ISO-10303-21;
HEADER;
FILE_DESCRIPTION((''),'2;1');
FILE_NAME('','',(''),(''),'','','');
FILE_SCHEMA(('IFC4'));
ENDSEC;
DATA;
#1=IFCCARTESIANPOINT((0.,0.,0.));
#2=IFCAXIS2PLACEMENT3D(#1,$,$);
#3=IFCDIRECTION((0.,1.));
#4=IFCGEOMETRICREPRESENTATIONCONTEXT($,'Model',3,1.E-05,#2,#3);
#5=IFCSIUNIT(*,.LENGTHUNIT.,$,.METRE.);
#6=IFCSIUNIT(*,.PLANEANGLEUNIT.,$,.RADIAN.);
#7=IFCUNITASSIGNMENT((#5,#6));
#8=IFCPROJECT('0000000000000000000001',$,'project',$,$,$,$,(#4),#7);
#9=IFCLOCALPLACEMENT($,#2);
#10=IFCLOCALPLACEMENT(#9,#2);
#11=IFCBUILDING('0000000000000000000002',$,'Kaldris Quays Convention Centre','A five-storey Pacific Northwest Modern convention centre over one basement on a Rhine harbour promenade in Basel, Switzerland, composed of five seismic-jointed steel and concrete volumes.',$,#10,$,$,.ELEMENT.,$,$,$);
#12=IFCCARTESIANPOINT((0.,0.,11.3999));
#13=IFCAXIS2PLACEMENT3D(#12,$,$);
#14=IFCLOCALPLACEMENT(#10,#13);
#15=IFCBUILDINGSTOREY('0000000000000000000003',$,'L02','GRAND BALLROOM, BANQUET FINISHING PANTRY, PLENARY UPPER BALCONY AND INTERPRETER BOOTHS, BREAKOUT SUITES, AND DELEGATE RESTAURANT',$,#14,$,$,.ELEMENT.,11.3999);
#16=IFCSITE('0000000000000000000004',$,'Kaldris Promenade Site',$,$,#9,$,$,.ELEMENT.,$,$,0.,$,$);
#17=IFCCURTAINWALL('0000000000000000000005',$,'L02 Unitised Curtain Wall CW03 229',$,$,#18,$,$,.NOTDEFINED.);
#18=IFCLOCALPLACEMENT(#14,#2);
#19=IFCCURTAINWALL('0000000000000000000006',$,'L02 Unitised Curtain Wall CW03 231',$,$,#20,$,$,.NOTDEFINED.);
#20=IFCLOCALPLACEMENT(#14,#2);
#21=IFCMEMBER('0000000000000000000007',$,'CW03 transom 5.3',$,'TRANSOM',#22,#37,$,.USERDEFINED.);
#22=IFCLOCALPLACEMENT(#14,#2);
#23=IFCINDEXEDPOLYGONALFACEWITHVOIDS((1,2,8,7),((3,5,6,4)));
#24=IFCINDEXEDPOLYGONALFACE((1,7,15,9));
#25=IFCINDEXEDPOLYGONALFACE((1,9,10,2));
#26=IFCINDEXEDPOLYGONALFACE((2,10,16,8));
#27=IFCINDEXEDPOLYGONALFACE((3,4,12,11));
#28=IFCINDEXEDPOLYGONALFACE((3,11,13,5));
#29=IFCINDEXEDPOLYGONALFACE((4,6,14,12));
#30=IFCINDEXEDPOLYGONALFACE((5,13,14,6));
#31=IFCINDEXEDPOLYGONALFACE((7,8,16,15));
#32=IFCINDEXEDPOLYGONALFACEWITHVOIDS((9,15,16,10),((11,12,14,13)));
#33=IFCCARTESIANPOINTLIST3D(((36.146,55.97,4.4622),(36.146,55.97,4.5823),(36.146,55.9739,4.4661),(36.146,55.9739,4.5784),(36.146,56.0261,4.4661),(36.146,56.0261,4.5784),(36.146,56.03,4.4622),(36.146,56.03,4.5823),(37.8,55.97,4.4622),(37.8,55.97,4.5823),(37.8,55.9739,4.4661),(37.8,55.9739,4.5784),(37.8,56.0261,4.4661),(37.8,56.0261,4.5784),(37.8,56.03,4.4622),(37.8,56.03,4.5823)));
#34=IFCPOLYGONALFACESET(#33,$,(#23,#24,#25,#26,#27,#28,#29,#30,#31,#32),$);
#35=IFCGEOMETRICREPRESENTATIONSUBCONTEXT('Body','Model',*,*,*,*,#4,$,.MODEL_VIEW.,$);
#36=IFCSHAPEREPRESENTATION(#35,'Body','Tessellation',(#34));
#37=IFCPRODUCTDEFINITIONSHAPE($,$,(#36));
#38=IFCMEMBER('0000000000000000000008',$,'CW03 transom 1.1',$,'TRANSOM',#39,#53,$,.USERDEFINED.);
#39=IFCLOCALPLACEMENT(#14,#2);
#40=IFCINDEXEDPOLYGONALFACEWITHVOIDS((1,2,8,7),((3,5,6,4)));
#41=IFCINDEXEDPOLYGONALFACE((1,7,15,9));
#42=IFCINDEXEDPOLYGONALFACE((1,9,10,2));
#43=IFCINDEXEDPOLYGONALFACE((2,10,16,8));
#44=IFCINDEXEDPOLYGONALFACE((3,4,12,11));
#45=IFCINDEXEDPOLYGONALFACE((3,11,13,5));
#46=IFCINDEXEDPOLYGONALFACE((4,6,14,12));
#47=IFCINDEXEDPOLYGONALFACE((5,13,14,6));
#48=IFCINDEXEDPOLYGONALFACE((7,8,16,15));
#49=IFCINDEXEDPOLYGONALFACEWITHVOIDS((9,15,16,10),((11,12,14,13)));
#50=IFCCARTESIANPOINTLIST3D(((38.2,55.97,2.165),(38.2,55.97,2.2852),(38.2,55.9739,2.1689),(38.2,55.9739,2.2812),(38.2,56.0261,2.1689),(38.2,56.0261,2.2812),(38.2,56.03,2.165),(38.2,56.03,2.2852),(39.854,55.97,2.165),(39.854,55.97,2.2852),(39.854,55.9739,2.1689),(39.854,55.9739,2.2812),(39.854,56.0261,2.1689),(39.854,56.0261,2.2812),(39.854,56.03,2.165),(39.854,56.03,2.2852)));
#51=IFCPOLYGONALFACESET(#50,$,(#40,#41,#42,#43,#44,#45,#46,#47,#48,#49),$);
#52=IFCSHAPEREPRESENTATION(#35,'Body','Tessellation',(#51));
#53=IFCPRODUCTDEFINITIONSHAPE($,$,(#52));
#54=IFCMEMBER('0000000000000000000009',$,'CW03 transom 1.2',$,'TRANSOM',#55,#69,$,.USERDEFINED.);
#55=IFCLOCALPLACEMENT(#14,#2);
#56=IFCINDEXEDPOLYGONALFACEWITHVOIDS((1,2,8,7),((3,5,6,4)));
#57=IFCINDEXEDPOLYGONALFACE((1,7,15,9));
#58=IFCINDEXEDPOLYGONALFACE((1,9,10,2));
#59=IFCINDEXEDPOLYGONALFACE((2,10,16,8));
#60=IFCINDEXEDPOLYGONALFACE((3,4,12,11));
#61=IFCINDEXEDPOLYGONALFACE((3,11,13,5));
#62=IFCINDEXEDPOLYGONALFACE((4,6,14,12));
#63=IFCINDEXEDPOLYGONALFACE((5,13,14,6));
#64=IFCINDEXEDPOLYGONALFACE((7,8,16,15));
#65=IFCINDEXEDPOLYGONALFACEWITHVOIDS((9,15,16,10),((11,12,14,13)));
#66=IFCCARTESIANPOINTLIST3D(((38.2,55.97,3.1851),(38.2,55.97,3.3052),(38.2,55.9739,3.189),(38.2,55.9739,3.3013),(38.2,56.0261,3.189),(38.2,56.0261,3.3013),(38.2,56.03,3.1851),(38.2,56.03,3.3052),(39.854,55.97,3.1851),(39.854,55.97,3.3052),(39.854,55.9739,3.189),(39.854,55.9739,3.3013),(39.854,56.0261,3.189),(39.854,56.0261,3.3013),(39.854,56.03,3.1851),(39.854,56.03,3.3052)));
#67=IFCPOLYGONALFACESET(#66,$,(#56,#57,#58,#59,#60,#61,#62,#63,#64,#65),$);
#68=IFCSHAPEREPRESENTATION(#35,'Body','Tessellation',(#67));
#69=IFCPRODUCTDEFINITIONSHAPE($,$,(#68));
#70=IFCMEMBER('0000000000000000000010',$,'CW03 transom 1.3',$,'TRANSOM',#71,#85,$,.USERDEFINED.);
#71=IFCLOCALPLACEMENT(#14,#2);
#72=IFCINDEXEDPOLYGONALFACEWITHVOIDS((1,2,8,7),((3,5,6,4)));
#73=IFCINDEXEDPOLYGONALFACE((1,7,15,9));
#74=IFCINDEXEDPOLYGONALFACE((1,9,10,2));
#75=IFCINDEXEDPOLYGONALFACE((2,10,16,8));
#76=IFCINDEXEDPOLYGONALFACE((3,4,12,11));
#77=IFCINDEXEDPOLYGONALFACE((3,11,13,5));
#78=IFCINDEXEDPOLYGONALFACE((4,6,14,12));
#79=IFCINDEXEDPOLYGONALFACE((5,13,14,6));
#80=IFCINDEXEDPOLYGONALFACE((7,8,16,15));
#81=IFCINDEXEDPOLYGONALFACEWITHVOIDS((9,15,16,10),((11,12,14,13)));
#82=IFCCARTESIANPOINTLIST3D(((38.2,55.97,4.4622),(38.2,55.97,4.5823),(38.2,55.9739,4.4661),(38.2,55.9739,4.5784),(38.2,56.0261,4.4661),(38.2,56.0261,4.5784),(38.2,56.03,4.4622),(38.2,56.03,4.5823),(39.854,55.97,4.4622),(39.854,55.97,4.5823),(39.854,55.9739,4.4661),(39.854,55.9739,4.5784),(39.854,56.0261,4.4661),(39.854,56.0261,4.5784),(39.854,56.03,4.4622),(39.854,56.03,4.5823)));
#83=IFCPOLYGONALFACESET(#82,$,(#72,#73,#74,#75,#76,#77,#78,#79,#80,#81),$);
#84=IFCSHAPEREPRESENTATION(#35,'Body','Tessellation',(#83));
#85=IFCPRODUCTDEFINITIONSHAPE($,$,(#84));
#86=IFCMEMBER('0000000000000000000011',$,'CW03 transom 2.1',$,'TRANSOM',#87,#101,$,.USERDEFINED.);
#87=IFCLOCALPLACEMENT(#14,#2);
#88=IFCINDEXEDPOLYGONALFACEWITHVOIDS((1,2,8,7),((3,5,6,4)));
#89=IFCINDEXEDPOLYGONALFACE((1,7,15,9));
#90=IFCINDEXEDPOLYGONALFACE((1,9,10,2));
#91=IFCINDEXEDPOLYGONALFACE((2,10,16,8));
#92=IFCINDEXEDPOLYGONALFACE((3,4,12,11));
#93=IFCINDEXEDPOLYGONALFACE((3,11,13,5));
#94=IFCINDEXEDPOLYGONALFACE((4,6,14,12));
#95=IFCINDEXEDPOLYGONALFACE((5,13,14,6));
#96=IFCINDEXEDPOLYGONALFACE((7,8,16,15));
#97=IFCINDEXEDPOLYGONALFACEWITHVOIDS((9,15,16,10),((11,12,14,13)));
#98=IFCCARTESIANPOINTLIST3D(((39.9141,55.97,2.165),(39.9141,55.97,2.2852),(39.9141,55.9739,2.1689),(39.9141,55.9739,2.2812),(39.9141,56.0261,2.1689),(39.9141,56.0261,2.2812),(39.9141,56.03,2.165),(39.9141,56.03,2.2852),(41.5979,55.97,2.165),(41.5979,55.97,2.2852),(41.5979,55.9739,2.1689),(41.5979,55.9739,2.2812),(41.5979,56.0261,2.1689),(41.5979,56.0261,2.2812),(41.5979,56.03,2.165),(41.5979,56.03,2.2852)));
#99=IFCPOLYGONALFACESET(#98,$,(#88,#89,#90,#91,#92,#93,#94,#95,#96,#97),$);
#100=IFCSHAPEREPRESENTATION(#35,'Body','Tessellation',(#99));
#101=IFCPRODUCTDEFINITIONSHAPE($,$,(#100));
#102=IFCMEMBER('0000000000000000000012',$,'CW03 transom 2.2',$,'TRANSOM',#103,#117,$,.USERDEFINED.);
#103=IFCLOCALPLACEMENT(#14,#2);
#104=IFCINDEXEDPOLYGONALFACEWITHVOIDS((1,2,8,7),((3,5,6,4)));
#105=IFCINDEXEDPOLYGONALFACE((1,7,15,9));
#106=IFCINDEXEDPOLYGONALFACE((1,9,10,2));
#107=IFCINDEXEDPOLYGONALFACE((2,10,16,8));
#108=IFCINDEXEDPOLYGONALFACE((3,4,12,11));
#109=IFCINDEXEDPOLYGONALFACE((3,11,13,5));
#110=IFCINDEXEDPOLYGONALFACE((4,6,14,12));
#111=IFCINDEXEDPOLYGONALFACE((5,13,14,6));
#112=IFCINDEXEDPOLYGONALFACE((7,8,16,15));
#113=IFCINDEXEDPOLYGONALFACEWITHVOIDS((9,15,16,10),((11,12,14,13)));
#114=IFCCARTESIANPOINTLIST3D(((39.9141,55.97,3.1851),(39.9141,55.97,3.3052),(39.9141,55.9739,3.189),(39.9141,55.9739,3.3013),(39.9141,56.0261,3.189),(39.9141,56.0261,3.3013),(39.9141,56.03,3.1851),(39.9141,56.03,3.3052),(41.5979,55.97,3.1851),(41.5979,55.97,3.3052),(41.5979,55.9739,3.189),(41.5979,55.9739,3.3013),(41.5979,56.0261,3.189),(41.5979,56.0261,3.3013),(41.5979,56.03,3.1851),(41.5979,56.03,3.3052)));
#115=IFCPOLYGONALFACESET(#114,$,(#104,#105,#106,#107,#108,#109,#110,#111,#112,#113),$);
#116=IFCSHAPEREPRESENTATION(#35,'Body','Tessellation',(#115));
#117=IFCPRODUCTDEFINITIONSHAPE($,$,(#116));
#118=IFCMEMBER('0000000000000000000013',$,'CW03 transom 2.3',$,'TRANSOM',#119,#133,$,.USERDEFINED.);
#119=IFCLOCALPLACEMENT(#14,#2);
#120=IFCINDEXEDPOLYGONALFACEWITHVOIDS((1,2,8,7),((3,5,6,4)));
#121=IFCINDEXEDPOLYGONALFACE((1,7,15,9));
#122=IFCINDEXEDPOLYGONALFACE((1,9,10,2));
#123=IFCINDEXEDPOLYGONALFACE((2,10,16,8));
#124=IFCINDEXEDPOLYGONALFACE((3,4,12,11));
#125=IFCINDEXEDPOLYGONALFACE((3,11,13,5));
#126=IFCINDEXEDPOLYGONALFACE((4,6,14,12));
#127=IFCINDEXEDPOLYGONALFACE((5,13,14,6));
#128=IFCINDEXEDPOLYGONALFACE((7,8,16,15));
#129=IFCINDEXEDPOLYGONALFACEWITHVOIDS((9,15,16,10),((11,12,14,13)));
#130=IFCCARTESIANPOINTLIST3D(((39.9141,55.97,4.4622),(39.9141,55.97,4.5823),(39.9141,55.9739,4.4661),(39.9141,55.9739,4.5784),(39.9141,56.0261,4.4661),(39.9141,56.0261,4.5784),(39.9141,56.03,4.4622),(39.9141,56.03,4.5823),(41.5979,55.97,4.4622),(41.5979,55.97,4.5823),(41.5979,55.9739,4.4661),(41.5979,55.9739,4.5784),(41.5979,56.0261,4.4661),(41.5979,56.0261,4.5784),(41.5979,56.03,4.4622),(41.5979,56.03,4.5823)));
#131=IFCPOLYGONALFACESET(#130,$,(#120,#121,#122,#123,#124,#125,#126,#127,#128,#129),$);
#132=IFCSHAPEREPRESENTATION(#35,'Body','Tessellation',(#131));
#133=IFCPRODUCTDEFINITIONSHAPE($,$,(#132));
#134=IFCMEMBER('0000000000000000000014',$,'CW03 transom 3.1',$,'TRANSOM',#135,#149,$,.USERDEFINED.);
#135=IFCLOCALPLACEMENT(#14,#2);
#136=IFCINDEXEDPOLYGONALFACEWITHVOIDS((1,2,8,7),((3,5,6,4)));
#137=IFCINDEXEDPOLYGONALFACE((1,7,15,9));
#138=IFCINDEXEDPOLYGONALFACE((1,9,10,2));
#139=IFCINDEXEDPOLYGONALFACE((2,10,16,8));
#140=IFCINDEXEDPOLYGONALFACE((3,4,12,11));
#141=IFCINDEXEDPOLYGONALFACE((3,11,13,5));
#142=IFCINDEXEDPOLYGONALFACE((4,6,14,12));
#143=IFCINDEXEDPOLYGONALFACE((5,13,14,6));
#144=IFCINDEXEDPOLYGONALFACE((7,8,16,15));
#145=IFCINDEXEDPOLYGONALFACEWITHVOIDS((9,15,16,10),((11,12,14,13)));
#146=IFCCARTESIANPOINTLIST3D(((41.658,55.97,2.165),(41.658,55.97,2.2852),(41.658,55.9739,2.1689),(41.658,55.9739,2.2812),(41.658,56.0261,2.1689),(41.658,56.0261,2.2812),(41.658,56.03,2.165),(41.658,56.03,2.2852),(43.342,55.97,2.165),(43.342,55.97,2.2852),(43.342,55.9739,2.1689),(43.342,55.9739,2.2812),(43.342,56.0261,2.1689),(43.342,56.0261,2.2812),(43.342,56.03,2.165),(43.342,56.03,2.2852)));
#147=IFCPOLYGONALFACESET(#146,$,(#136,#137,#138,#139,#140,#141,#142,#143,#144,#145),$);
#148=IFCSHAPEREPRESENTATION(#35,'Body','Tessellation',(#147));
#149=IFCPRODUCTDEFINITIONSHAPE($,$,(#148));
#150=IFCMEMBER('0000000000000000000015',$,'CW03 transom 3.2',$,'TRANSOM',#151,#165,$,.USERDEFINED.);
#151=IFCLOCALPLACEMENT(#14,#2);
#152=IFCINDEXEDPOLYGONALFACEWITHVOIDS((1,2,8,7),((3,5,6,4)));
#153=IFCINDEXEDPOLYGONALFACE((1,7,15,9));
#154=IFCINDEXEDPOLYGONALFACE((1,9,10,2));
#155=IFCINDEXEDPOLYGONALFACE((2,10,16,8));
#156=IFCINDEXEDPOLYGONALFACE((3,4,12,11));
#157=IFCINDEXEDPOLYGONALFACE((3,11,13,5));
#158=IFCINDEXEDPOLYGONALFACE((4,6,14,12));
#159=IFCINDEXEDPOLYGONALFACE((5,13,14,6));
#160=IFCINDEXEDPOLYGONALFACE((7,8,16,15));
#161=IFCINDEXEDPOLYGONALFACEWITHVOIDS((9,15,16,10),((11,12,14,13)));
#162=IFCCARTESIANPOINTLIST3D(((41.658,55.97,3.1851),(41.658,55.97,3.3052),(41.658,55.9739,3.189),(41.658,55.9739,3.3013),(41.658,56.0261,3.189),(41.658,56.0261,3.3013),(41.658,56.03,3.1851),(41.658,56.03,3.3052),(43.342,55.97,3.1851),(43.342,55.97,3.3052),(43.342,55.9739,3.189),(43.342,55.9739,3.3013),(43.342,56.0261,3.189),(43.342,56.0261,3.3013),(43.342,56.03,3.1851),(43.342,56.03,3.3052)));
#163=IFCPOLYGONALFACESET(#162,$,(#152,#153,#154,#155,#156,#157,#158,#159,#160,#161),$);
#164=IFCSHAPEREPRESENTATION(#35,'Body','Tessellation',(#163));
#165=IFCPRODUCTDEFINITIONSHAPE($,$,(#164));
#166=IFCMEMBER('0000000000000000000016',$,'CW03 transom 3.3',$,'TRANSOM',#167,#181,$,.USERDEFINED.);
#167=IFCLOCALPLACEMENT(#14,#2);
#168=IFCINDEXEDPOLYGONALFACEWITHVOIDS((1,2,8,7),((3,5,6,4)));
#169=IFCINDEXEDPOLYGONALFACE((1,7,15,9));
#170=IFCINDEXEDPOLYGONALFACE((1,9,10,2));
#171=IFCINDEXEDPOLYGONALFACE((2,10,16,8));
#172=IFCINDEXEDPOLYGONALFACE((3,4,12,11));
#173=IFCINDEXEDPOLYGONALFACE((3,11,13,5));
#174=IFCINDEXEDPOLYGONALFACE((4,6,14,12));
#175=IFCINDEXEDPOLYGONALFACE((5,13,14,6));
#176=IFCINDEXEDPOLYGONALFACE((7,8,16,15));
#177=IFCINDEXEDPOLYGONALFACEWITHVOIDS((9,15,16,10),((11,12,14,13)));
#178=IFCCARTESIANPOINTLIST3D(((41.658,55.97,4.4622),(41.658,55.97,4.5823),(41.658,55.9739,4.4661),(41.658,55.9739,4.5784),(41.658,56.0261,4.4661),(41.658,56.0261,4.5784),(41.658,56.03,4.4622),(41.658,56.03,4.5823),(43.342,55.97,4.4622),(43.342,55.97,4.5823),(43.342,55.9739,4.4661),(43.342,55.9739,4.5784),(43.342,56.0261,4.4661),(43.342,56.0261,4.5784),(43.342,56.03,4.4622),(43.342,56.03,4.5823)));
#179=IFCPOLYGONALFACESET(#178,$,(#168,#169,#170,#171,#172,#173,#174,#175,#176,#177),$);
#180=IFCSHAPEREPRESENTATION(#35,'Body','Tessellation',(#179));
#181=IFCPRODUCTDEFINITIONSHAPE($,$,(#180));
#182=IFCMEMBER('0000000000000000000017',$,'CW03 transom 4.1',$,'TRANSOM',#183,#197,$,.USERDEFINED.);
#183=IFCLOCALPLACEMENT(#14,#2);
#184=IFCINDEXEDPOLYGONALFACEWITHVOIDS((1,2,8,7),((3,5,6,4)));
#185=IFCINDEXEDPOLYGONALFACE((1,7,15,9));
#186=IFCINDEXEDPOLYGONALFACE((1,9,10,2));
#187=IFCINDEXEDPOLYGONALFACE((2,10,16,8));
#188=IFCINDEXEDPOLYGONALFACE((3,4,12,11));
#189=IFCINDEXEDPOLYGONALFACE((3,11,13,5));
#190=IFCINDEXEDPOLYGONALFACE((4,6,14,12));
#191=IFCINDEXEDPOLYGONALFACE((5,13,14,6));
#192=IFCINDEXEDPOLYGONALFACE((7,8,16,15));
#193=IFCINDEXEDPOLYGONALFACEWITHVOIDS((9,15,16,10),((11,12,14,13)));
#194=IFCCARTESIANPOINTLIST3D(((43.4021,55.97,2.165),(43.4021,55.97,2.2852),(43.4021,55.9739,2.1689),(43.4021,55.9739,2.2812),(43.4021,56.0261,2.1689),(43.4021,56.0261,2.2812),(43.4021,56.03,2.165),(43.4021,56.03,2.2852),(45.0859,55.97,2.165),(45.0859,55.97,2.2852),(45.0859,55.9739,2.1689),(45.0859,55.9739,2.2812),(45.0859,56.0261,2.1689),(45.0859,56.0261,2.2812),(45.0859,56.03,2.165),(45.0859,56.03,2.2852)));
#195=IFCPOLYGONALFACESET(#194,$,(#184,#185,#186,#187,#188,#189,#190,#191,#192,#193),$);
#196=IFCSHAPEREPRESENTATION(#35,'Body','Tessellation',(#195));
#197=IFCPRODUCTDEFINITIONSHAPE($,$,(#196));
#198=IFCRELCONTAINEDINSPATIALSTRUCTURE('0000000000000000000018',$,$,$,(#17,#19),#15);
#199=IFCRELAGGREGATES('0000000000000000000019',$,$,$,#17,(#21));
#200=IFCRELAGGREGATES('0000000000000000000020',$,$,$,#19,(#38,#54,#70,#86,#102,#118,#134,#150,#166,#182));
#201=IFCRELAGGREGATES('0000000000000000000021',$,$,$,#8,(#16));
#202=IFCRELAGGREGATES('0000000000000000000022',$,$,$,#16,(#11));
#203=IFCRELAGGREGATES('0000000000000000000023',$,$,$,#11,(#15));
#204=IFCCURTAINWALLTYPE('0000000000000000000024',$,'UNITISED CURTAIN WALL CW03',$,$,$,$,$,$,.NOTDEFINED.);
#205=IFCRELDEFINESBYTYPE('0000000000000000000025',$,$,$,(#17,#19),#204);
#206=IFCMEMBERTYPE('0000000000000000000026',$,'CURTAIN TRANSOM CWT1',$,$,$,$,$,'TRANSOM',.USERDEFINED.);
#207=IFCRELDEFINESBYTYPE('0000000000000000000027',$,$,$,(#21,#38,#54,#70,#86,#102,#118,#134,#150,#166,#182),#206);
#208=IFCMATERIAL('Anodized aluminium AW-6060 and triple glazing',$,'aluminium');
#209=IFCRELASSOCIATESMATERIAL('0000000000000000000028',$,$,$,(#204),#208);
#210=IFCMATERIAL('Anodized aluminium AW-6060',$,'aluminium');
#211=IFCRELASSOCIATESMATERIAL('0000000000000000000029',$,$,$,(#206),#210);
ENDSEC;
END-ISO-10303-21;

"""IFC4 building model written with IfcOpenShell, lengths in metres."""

from ifc_helpers import new_model, si_unit, direction, frame, origin, origin_2d, place, context, subcontext, project, spatial, hollow_rectangle, extrude, material, material_profile, profile_set, type_object, element, aggregate, save


model = new_model("IFC4")

# Units and contexts
model_context = context("Model", 3, precision=1e-05, world=origin(), true_north=direction((0.0, 1.0)))
body_context = subcontext(model_context, "Body", "Model", "MODEL_VIEW")
ifc_project = project(units=[si_unit("LENGTHUNIT", "METRE"), si_unit("PLANEANGLEUNIT", "RADIAN")], contexts=[model_context])

# Site, building, storey
site_placement = place(None, origin())
site = spatial("IfcSite", under=ifc_project, at=site_placement, Name="Kaldris Promenade Site", CompositionType="ELEMENT", RefElevation=0.0)
building_placement = place(site_placement, origin())
building = spatial("IfcBuilding", under=site, at=building_placement, Name="Kaldris Quays Convention Centre", Description="A five-storey Pacific Northwest Modern convention centre over one basement on a Rhine harbour promenade in Basel, Switzerland, composed of five seismic-jointed steel and concrete volumes.", CompositionType="ELEMENT")
storey_placement = place(building_placement, frame((0.0, 0.0, 11.3999)))
storey = spatial("IfcBuildingStorey", under=building, at=storey_placement, Name="L02", Description="GRAND BALLROOM, BANQUET FINISHING PANTRY, PLENARY UPPER BALCONY AND INTERPRETER BOOTHS, BREAKOUT SUITES, AND DELEGATE RESTAURANT", CompositionType="ELEMENT", Elevation=11.3999)

# Curtain walls
ifc_material_1 = material(Name="Anodized aluminium AW-6060 and triple glazing", Category="aluminium")
curtain_wall_type = type_object("IfcCurtainWallType", Name="UNITISED CURTAIN WALL CW03", PredefinedType="NOTDEFINED", material=ifc_material_1)
curtain_wall_1_placement = place(storey_placement, origin())
curtain_wall_1 = element("IfcCurtainWall", 1, at=curtain_wall_1_placement, inside=storey, type_object=curtain_wall_type, Name="L02 Unitised Curtain Wall CW03 229", PredefinedType="NOTDEFINED")
ifc_material_2 = material(Name="Anodized aluminium AW-6060", Category="aluminium")
curtain_wall_2_placement = place(storey_placement, origin())
curtain_wall_2 = element("IfcCurtainWall", 2, at=curtain_wall_2_placement, inside=storey, type_object=curtain_wall_type, Name="L02 Unitised Curtain Wall CW03 231", PredefinedType="NOTDEFINED")

# Members
ifc_material_profile_1 = material_profile(ifc_material_2, hollow_rectangle(XDim=0.0601, YDim=0.1201, WallThickness=0.0039, at=origin_2d()), Name="RHS 120x60x4")
ifc_profile_set_1 = profile_set([ifc_material_profile_1], Name="Anodized aluminium AW-6060")
member_type_1 = type_object("IfcMemberType", Name="CURTAIN TRANSOM CWT1", ElementType="TRANSOM", PredefinedType="USERDEFINED", material=ifc_profile_set_1)
member_1_placement = place(storey_placement, frame((36.146, 56.0, 4.5222), z_axis=(1.0, 0.0, 0.0), x_axis=(0.0, 1.0, 0.0)))
member_1 = element("IfcMember", 3, at=member_1_placement, type_object=member_type_1, Name="CW03 transom 5.3", ObjectType="TRANSOM", PredefinedType="USERDEFINED", context=body_context, shape_type="SweptSolid", body=[
    extrude(hollow_rectangle(XDim=0.0601, YDim=0.1201, WallThickness=0.0039, at=origin_2d()), origin(), (0.0, 0.0, 1.0), 1.6541),
])
member_2_placement = place(storey_placement, frame((38.2, 56.0, 2.2251), z_axis=(1.0, 0.0, 0.0), x_axis=(0.0, 1.0, 0.0)))
member_2 = element("IfcMember", 4, at=member_2_placement, type_object=member_type_1, Name="CW03 transom 1.1", ObjectType="TRANSOM", PredefinedType="USERDEFINED", context=body_context, shape_type="SweptSolid", body=[
    extrude(hollow_rectangle(XDim=0.0601, YDim=0.1201, WallThickness=0.0039, at=origin_2d()), origin(), (0.0, 0.0, 1.0), 1.6541),
])
member_3_placement = place(storey_placement, frame((38.2, 56.0, 3.2451), z_axis=(1.0, 0.0, 0.0), x_axis=(0.0, 1.0, 0.0)))
member_3 = element("IfcMember", 5, at=member_3_placement, type_object=member_type_1, Name="CW03 transom 1.2", ObjectType="TRANSOM", PredefinedType="USERDEFINED", context=body_context, shape_type="SweptSolid", body=[
    extrude(hollow_rectangle(XDim=0.0601, YDim=0.1201, WallThickness=0.0039, at=origin_2d()), origin(), (0.0, 0.0, 1.0), 1.6541),
])
member_4_placement = place(storey_placement, frame((38.2, 56.0, 4.5222), z_axis=(1.0, 0.0, 0.0), x_axis=(0.0, 1.0, 0.0)))
member_4 = element("IfcMember", 6, at=member_4_placement, type_object=member_type_1, Name="CW03 transom 1.3", ObjectType="TRANSOM", PredefinedType="USERDEFINED", context=body_context, shape_type="SweptSolid", body=[
    extrude(hollow_rectangle(XDim=0.0601, YDim=0.1201, WallThickness=0.0039, at=origin_2d()), origin(), (0.0, 0.0, 1.0), 1.6541),
])
member_5_placement = place(storey_placement, frame((39.9141, 56.0, 2.2251), z_axis=(1.0, 0.0, 0.0), x_axis=(0.0, 1.0, 0.0)))
member_5 = element("IfcMember", 7, at=member_5_placement, type_object=member_type_1, Name="CW03 transom 2.1", ObjectType="TRANSOM", PredefinedType="USERDEFINED", context=body_context, shape_type="SweptSolid", body=[
    extrude(hollow_rectangle(XDim=0.0601, YDim=0.1201, WallThickness=0.0039, at=origin_2d()), origin(), (0.0, 0.0, 1.0), 1.6838),
])
member_6_placement = place(storey_placement, frame((39.9141, 56.0, 3.2451), z_axis=(1.0, 0.0, 0.0), x_axis=(0.0, 1.0, 0.0)))
member_6 = element("IfcMember", 8, at=member_6_placement, type_object=member_type_1, Name="CW03 transom 2.2", ObjectType="TRANSOM", PredefinedType="USERDEFINED", context=body_context, shape_type="SweptSolid", body=[
    extrude(hollow_rectangle(XDim=0.0601, YDim=0.1201, WallThickness=0.0039, at=origin_2d()), origin(), (0.0, 0.0, 1.0), 1.6838),
])
member_7_placement = place(storey_placement, frame((39.9141, 56.0, 4.5222), z_axis=(1.0, 0.0, 0.0), x_axis=(0.0, 1.0, 0.0)))
member_7 = element("IfcMember", 9, at=member_7_placement, type_object=member_type_1, Name="CW03 transom 2.3", ObjectType="TRANSOM", PredefinedType="USERDEFINED", context=body_context, shape_type="SweptSolid", body=[
    extrude(hollow_rectangle(XDim=0.0601, YDim=0.1201, WallThickness=0.0039, at=origin_2d()), origin(), (0.0, 0.0, 1.0), 1.6838),
])
member_8_placement = place(storey_placement, frame((41.658, 56.0, 2.2251), z_axis=(1.0, 0.0, 0.0), x_axis=(0.0, 1.0, 0.0)))
member_8 = element("IfcMember", 10, at=member_8_placement, type_object=member_type_1, Name="CW03 transom 3.1", ObjectType="TRANSOM", PredefinedType="USERDEFINED", context=body_context, shape_type="SweptSolid", body=[
    extrude(hollow_rectangle(XDim=0.0601, YDim=0.1201, WallThickness=0.0039, at=origin_2d()), origin(), (0.0, 0.0, 1.0), 1.6841),
])
member_9_placement = place(storey_placement, frame((41.658, 56.0, 3.2451), z_axis=(1.0, 0.0, 0.0), x_axis=(0.0, 1.0, 0.0)))
member_9 = element("IfcMember", 11, at=member_9_placement, type_object=member_type_1, Name="CW03 transom 3.2", ObjectType="TRANSOM", PredefinedType="USERDEFINED", context=body_context, shape_type="SweptSolid", body=[
    extrude(hollow_rectangle(XDim=0.0601, YDim=0.1201, WallThickness=0.0039, at=origin_2d()), origin(), (0.0, 0.0, 1.0), 1.6841),
])
member_10_placement = place(storey_placement, frame((41.658, 56.0, 4.5222), z_axis=(1.0, 0.0, 0.0), x_axis=(0.0, 1.0, 0.0)))
member_10 = element("IfcMember", 12, at=member_10_placement, type_object=member_type_1, Name="CW03 transom 3.3", ObjectType="TRANSOM", PredefinedType="USERDEFINED", context=body_context, shape_type="SweptSolid", body=[
    extrude(hollow_rectangle(XDim=0.0601, YDim=0.1201, WallThickness=0.0039, at=origin_2d()), origin(), (0.0, 0.0, 1.0), 1.6841),
])
member_11_placement = place(storey_placement, frame((43.4021, 56.0, 2.2251), z_axis=(1.0, 0.0, 0.0), x_axis=(0.0, 1.0, 0.0)))
member_11 = element("IfcMember", 13, at=member_11_placement, type_object=member_type_1, Name="CW03 transom 4.1", ObjectType="TRANSOM", PredefinedType="USERDEFINED", context=body_context, shape_type="SweptSolid", body=[
    extrude(hollow_rectangle(XDim=0.0601, YDim=0.1201, WallThickness=0.0039, at=origin_2d()), origin(), (0.0, 0.0, 1.0), 1.6838),
])

aggregate(curtain_wall_1, [member_1])
aggregate(curtain_wall_2, [member_2, member_3, member_4, member_5, member_6, member_7, member_8, member_9, member_10, member_11])

save(model, "model.ifc")
